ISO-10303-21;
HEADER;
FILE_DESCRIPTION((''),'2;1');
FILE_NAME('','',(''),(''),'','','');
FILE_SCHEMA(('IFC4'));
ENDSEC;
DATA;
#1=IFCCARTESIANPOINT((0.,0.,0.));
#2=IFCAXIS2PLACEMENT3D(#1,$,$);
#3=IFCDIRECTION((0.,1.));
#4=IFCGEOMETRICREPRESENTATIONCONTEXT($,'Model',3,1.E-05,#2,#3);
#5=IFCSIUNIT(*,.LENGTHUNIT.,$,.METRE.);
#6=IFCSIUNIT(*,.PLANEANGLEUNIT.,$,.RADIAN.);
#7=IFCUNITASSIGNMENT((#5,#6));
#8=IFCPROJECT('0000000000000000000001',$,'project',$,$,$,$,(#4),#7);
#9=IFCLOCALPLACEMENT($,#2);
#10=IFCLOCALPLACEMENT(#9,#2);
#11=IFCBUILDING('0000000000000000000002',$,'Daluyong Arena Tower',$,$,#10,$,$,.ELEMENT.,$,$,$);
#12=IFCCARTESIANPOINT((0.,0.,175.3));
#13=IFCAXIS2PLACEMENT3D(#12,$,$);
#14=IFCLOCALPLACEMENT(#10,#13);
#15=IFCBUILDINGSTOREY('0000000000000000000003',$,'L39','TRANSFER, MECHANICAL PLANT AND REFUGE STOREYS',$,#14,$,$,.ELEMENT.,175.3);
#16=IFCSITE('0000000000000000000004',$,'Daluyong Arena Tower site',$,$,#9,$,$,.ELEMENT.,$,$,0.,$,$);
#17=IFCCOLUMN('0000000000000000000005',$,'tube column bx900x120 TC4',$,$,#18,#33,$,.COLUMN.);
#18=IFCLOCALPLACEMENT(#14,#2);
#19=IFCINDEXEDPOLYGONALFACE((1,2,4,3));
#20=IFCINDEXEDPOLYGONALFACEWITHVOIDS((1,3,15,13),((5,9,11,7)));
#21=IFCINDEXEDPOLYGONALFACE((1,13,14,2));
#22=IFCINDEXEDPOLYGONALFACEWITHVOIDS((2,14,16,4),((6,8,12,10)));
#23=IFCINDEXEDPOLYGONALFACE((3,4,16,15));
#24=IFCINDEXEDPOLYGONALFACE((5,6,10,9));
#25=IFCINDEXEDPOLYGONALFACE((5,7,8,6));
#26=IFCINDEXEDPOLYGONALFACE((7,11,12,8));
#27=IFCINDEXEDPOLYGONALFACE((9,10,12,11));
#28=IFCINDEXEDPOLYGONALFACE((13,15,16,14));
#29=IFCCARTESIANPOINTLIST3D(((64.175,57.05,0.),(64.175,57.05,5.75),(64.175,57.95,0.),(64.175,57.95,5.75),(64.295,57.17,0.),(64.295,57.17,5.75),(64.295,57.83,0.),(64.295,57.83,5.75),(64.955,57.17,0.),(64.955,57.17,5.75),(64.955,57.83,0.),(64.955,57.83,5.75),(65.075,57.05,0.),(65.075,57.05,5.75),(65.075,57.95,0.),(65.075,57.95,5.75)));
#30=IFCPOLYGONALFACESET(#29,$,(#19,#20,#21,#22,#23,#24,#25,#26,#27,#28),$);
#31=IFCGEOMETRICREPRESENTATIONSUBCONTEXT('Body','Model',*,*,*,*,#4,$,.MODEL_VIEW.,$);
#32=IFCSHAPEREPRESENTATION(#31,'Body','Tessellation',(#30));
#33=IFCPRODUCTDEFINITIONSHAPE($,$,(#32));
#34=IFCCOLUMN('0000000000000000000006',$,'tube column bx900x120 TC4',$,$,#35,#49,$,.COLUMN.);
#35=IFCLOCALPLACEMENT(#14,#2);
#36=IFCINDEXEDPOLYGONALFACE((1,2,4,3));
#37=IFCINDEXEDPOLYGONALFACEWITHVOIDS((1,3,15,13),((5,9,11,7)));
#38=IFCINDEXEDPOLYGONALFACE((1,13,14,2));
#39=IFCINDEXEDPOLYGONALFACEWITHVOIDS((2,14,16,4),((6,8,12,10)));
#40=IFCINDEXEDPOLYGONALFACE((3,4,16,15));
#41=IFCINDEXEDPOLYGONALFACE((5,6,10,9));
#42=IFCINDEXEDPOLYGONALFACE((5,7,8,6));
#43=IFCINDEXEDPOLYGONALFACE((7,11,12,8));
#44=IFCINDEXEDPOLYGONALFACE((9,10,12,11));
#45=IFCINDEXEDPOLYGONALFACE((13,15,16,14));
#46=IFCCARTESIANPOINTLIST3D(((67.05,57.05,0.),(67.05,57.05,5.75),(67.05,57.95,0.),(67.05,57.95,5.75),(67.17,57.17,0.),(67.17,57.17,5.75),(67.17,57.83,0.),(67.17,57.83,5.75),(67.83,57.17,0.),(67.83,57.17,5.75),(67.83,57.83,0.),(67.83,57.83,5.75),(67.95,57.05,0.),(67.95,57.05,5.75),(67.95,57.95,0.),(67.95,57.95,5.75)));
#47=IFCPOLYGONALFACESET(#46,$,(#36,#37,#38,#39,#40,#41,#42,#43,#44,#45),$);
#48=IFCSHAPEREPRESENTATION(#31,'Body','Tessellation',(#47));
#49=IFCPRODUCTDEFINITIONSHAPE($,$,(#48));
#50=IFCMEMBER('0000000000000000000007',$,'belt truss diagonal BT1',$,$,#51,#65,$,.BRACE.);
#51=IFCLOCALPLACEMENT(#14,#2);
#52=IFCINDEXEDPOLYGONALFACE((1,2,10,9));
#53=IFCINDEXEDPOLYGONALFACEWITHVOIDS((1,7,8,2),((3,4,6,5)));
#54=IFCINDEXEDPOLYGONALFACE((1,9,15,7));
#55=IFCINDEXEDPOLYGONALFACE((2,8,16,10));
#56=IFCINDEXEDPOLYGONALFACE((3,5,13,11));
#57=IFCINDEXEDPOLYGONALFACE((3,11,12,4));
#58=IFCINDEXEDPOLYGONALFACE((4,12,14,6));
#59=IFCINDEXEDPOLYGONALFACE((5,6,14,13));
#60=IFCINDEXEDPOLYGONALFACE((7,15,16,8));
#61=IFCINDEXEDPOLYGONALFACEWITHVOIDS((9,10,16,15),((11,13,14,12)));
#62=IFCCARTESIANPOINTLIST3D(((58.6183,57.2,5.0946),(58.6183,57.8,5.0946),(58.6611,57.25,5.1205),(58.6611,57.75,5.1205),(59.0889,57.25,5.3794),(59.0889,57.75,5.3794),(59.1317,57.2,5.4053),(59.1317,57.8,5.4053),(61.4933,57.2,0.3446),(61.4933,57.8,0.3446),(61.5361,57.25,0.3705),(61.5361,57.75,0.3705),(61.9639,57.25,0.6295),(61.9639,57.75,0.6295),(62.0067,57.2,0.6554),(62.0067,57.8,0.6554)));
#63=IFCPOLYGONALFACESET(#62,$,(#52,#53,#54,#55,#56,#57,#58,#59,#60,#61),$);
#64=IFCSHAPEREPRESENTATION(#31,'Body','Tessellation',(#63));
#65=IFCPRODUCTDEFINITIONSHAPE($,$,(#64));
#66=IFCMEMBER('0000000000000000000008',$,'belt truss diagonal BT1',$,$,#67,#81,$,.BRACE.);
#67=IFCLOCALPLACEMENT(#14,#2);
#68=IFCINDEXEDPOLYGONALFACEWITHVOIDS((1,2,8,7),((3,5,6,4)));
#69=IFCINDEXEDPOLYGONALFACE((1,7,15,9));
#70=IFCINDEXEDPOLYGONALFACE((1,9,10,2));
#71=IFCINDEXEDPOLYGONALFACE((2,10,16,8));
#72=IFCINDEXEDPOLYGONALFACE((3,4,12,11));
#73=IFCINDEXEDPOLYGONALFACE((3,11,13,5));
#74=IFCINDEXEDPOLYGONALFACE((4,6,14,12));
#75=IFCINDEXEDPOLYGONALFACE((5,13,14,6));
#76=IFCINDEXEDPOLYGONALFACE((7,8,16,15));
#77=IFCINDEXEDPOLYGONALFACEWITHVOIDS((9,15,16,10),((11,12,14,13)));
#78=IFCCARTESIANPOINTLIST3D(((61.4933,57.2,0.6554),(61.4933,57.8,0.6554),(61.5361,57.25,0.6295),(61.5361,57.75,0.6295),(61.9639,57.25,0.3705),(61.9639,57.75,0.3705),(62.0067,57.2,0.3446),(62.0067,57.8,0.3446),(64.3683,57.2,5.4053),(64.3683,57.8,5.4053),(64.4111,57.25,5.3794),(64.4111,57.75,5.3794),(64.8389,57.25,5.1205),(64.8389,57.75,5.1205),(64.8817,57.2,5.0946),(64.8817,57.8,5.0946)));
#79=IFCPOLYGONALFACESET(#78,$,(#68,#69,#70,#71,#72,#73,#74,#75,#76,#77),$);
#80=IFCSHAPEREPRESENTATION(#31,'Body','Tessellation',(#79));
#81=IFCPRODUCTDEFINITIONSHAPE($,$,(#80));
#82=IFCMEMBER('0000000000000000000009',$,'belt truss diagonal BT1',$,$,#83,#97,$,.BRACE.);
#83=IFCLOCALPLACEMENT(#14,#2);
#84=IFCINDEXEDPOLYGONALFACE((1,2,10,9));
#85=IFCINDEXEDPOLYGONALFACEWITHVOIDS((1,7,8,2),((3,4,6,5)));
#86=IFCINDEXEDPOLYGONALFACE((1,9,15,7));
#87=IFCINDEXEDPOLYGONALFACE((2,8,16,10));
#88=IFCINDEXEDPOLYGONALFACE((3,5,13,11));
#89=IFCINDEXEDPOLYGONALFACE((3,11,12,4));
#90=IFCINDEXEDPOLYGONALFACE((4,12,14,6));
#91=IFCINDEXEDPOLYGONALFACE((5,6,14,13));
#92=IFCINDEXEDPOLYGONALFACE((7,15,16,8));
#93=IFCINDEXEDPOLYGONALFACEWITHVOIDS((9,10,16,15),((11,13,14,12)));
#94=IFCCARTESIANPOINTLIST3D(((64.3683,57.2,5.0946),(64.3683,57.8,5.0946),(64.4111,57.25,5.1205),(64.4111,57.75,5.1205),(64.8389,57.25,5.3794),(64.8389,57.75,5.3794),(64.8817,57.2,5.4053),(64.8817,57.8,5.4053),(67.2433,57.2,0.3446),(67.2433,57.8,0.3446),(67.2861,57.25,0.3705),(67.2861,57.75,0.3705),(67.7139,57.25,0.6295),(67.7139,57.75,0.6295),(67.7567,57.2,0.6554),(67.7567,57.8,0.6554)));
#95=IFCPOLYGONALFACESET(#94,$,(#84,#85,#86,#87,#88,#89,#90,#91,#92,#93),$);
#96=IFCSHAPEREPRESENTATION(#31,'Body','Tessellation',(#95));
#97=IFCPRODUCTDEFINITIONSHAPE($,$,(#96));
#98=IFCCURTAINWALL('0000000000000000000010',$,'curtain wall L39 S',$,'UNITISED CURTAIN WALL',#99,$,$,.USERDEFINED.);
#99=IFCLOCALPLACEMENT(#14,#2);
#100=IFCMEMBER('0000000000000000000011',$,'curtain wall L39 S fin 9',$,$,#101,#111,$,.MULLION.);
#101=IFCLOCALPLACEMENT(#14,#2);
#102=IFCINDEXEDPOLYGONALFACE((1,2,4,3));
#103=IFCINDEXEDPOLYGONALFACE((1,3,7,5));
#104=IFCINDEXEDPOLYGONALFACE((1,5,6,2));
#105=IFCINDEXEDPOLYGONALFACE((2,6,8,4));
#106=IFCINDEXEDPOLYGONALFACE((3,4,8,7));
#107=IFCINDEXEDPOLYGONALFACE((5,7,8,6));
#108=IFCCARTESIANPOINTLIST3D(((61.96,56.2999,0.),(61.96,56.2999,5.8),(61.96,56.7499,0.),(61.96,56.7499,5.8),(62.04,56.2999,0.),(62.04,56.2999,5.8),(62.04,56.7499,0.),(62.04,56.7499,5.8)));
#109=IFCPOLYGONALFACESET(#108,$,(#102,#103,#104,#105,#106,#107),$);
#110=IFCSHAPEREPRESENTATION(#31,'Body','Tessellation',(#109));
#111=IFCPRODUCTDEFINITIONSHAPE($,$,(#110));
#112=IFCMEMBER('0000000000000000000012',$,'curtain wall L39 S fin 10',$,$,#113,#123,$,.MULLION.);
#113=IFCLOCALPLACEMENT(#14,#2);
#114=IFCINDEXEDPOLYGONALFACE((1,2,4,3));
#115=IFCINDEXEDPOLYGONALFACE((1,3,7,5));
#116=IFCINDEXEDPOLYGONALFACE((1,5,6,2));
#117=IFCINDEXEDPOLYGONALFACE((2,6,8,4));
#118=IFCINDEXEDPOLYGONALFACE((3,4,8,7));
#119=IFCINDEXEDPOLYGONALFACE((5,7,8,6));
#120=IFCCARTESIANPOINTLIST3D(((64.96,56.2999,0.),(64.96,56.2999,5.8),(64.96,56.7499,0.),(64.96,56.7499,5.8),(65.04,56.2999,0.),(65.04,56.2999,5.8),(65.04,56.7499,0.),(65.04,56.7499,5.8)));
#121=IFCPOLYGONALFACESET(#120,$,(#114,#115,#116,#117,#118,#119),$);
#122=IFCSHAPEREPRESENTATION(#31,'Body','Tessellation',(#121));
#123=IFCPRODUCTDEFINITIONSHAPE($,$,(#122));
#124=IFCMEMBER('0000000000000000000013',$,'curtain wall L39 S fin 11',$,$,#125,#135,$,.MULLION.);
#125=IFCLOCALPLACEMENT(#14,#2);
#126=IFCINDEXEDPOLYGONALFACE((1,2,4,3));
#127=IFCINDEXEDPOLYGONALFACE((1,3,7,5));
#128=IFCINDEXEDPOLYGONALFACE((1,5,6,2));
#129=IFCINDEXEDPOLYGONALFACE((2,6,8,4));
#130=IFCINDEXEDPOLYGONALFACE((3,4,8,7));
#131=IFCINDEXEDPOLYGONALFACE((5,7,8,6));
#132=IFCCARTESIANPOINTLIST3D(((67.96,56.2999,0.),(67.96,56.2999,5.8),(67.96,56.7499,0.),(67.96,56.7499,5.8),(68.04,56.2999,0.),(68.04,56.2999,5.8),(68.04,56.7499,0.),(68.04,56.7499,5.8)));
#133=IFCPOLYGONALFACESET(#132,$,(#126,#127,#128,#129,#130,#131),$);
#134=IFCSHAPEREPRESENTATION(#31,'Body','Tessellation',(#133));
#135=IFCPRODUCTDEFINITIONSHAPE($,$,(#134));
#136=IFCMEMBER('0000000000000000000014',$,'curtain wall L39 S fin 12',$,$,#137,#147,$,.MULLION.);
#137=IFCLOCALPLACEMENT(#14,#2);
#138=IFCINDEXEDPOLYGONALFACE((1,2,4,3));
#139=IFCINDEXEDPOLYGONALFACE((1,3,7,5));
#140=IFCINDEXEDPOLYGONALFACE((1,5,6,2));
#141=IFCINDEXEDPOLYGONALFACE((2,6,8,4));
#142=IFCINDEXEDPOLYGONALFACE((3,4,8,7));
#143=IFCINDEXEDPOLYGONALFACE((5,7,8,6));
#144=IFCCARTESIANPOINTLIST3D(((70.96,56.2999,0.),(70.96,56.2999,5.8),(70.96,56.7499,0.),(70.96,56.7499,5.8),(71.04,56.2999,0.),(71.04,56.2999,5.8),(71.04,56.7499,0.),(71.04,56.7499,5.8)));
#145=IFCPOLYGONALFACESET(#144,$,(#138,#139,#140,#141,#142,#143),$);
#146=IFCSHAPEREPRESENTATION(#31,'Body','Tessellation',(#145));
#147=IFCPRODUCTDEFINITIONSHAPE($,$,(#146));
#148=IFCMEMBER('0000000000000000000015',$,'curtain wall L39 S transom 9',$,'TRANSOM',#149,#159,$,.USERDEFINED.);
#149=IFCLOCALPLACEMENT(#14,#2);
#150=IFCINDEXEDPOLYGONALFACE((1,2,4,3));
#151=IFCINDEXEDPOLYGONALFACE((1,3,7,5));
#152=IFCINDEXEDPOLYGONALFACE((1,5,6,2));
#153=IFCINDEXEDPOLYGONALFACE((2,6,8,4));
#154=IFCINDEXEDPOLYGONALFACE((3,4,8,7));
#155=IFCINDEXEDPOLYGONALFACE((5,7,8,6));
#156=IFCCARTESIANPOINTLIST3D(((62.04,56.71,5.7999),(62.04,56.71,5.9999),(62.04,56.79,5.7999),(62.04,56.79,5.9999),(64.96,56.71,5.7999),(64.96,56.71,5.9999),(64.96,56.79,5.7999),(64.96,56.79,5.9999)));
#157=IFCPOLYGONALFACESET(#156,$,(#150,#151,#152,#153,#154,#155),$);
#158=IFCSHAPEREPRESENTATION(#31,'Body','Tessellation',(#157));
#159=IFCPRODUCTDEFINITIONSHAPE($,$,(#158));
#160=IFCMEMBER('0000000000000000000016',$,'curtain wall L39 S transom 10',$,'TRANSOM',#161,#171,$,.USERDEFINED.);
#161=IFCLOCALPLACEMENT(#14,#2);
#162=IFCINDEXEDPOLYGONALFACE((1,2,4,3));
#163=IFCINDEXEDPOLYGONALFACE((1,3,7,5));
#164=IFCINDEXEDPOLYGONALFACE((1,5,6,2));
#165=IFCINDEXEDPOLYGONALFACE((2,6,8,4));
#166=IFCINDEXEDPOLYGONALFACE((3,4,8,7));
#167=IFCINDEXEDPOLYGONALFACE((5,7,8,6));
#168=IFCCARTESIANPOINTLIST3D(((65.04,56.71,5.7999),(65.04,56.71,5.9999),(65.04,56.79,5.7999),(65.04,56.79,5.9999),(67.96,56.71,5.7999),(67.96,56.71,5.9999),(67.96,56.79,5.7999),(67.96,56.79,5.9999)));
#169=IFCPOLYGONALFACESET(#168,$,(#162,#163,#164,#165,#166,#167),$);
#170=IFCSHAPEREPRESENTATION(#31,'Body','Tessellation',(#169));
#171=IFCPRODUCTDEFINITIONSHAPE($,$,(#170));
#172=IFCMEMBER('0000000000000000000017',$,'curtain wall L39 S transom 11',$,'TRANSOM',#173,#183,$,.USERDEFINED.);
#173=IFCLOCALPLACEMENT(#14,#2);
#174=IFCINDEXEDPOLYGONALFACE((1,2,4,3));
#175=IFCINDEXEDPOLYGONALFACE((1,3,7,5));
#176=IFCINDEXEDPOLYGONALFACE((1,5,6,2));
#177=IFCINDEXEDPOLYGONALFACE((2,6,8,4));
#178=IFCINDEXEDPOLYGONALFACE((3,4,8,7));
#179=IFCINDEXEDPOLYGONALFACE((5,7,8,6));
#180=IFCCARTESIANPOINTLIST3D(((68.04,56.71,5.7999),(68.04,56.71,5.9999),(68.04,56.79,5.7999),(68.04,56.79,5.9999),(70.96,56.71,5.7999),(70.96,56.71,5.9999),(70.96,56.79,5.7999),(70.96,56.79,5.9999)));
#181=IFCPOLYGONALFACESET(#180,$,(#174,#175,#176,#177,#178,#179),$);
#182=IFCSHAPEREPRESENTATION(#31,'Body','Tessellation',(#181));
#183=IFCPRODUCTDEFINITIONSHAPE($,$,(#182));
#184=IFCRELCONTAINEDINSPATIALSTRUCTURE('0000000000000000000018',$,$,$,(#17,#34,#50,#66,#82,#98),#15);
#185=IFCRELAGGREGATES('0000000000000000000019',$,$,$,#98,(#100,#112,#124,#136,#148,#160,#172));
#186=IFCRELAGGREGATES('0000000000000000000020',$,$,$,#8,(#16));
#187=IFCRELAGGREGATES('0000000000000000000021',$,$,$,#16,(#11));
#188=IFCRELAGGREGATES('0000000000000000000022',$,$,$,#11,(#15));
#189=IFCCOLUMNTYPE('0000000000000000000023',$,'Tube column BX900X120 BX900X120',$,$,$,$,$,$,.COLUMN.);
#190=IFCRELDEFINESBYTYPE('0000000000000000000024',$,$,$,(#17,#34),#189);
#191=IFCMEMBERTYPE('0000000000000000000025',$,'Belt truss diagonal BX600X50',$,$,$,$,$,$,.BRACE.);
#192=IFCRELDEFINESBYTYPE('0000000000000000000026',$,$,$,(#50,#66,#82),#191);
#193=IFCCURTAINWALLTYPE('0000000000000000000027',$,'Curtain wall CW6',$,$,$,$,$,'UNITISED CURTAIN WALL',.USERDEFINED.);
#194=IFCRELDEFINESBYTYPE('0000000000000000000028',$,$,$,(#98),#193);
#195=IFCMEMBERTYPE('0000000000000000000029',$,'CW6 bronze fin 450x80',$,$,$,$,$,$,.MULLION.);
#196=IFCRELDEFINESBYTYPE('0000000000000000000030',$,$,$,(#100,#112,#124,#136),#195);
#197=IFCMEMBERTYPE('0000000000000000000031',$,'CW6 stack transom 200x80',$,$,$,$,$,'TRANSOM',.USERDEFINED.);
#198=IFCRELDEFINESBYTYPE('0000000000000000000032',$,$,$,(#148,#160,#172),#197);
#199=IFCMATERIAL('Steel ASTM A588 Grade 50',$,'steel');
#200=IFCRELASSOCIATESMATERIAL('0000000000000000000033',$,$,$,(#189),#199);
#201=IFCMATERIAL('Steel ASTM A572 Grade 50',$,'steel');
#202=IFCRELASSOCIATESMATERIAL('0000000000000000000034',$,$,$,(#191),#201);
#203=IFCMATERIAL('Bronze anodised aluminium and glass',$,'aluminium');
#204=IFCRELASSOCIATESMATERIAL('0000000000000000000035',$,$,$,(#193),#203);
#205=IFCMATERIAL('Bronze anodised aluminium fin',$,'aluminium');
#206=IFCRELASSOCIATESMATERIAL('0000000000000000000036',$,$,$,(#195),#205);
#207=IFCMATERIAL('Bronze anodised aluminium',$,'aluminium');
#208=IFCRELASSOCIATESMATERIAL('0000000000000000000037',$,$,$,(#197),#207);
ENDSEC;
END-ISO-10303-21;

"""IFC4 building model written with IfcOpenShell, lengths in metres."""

from ifc_helpers import new_model, si_unit, direction, frame, origin, origin_2d, place, context, subcontext, project, spatial, rectangle, hollow_rectangle, extrude, material, material_profile, profile_set, type_object, element, aggregate, save


model = new_model("IFC4")

# Units and contexts
model_context = context("Model", 3, precision=1e-05, world=origin(), true_north=direction((0.0, 1.0)))
body_context = subcontext(model_context, "Body", "Model", "MODEL_VIEW")
ifc_project = project(units=[si_unit("LENGTHUNIT", "METRE"), si_unit("PLANEANGLEUNIT", "RADIAN")], contexts=[model_context])

# Site, building, storey
site_placement = place(None, origin())
site = spatial("IfcSite", under=ifc_project, at=site_placement, Name="Daluyong Arena Tower site", CompositionType="ELEMENT", RefElevation=0.0)
building_placement = place(site_placement, origin())
building = spatial("IfcBuilding", under=site, at=building_placement, Name="Daluyong Arena Tower", CompositionType="ELEMENT")
storey_placement = place(building_placement, frame((0.0, 0.0, 175.3)))
storey = spatial("IfcBuildingStorey", under=building, at=storey_placement, Name="L39", Description="TRANSFER, MECHANICAL PLANT AND REFUGE STOREYS", CompositionType="ELEMENT", Elevation=175.3)

# Columns
ifc_material_1 = material(Name="Steel ASTM A588 Grade 50", Category="steel")
ifc_material_profile_1 = material_profile(ifc_material_1, hollow_rectangle(XDim=0.8999, YDim=0.8999, WallThickness=0.12, at=origin_2d()))
ifc_profile_set_1 = profile_set([ifc_material_profile_1], Name="Steel ASTM A588 Grade 50")
column_type = type_object("IfcColumnType", Name="Tube column BX900X120 BX900X120", PredefinedType="COLUMN", material=ifc_profile_set_1)
for number, where, z_axis, x_axis, name in (
    (1, (64.625, 57.5, 0.0), (0.0, 0.0, 1.0), (1.0, 0.0, 0.0), "tube column bx900x120 TC4"),
    (2, (67.5, 57.5, 0.0), (0.0, 0.0, 1.0), (1.0, 0.0, 0.0), "tube column bx900x120 TC4"),
):
    element("IfcColumn", number, at=place(storey_placement, frame(where, z_axis=z_axis, x_axis=x_axis)), inside=storey, type_object=column_type, Name=name, PredefinedType="COLUMN", context=body_context, shape_type="SweptSolid", body=[
        extrude(hollow_rectangle(XDim=0.8999, YDim=0.8999, WallThickness=0.12, at=origin_2d()), origin(), (0.0, 0.0, 1.0), 5.75),
    ])

# Members
ifc_material_2 = material(Name="Steel ASTM A572 Grade 50", Category="steel")
ifc_material_profile_2 = material_profile(ifc_material_2, hollow_rectangle(XDim=0.6001, YDim=0.6001, WallThickness=0.05, at=origin_2d()))
ifc_profile_set_2 = profile_set([ifc_material_profile_2], Name="Steel ASTM A572 Grade 50")
member_type_1 = type_object("IfcMemberType", Name="Belt truss diagonal BX600X50", PredefinedType="BRACE", material=ifc_profile_set_2)
for number, where, z_axis, x_axis, name in (
    (3, (61.75, 57.5, 0.5), (-0.517803, 0.0, 0.8555), (0.0, -1.0, 0.0), "belt truss diagonal BT1"),
    (4, (61.75, 57.5, 0.5), (0.517803, 0.0, 0.8555), (0.0, 1.0, 0.0), "belt truss diagonal BT1"),
    (5, (67.5, 57.5, 0.5), (-0.517803, 0.0, 0.8555), (0.0, -1.0, 0.0), "belt truss diagonal BT1"),
):
    element("IfcMember", number, at=place(storey_placement, frame(where, z_axis=z_axis, x_axis=x_axis)), inside=storey, type_object=member_type_1, Name=name, PredefinedType="BRACE", context=body_context, shape_type="SweptSolid", body=[
        extrude(hollow_rectangle(XDim=0.6001, YDim=0.6001, WallThickness=0.05, at=origin_2d()), origin(), (0.0, 0.0, 1.0), 5.5522),
    ])

# Curtain wall, members
ifc_material_3 = material(Name="Bronze anodised aluminium and glass", Category="aluminium")
curtain_wall_type = type_object("IfcCurtainWallType", Name="Curtain wall CW6", ElementType="UNITISED CURTAIN WALL", PredefinedType="USERDEFINED", material=ifc_material_3)
curtain_wall_placement = place(storey_placement, origin())
curtain_wall = element("IfcCurtainWall", 6, at=curtain_wall_placement, inside=storey, type_object=curtain_wall_type, Name="curtain wall L39 S", ObjectType="UNITISED CURTAIN WALL", PredefinedType="USERDEFINED")
ifc_material_4 = material(Name="Bronze anodised aluminium fin", Category="aluminium")
ifc_material_profile_3 = material_profile(ifc_material_4, rectangle(XDim=0.45, YDim=0.0801, at=origin_2d()))
ifc_profile_set_3 = profile_set([ifc_material_profile_3], Name="Bronze anodised aluminium fin")
member_type_2 = type_object("IfcMemberType", Name="CW6 bronze fin 450x80", PredefinedType="MULLION", material=ifc_profile_set_3)
member_1_placement = place(storey_placement, frame((62.0, 56.5249, 0.0), z_axis=(0.0, 0.0, 1.0), x_axis=(0.0, 1.0, 0.0)))
member_1 = element("IfcMember", 7, at=member_1_placement, type_object=member_type_2, Name="curtain wall L39 S fin 9", PredefinedType="MULLION", context=body_context, shape_type="SweptSolid", body=[
    extrude(rectangle(XDim=0.45, YDim=0.0801, at=origin_2d()), origin(), (0.0, 0.0, 1.0), 5.8),
])
member_2_placement = place(storey_placement, frame((65.0, 56.5249, 0.0), z_axis=(0.0, 0.0, 1.0), x_axis=(0.0, 1.0, 0.0)))
member_2 = element("IfcMember", 8, at=member_2_placement, type_object=member_type_2, Name="curtain wall L39 S fin 10", PredefinedType="MULLION", context=body_context, shape_type="SweptSolid", body=[
    extrude(rectangle(XDim=0.45, YDim=0.0801, at=origin_2d()), origin(), (0.0, 0.0, 1.0), 5.8),
])
member_3_placement = place(storey_placement, frame((68.0, 56.5249, 0.0), z_axis=(0.0, 0.0, 1.0), x_axis=(0.0, 1.0, 0.0)))
member_3 = element("IfcMember", 9, at=member_3_placement, type_object=member_type_2, Name="curtain wall L39 S fin 11", PredefinedType="MULLION", context=body_context, shape_type="SweptSolid", body=[
    extrude(rectangle(XDim=0.45, YDim=0.0801, at=origin_2d()), origin(), (0.0, 0.0, 1.0), 5.8),
])
member_4_placement = place(storey_placement, frame((71.0, 56.5249, 0.0), z_axis=(0.0, 0.0, 1.0), x_axis=(0.0, 1.0, 0.0)))
member_4 = element("IfcMember", 10, at=member_4_placement, type_object=member_type_2, Name="curtain wall L39 S fin 12", PredefinedType="MULLION", context=body_context, shape_type="SweptSolid", body=[
    extrude(rectangle(XDim=0.45, YDim=0.0801, at=origin_2d()), origin(), (0.0, 0.0, 1.0), 5.8),
])
ifc_material_5 = material(Name="Bronze anodised aluminium", Category="aluminium")
ifc_material_profile_4 = material_profile(ifc_material_5, rectangle(XDim=0.0801, YDim=0.2, at=origin_2d()))
ifc_profile_set_4 = profile_set([ifc_material_profile_4], Name="Bronze anodised aluminium")
member_type_3 = type_object("IfcMemberType", Name="CW6 stack transom 200x80", ElementType="TRANSOM", PredefinedType="USERDEFINED", material=ifc_profile_set_4)
member_5_placement = place(storey_placement, frame((62.04, 56.75, 5.8999), z_axis=(1.0, 0.0, 0.0), x_axis=(0.0, 1.0, 0.0)))
member_5 = element("IfcMember", 11, at=member_5_placement, type_object=member_type_3, Name="curtain wall L39 S transom 9", ObjectType="TRANSOM", PredefinedType="USERDEFINED", context=body_context, shape_type="SweptSolid", body=[
    extrude(rectangle(XDim=0.0801, YDim=0.2, at=origin_2d()), origin(), (0.0, 0.0, 1.0), 2.9199),
])
member_6_placement = place(storey_placement, frame((65.04, 56.75, 5.8999), z_axis=(1.0, 0.0, 0.0), x_axis=(0.0, 1.0, 0.0)))
member_6 = element("IfcMember", 12, at=member_6_placement, type_object=member_type_3, Name="curtain wall L39 S transom 10", ObjectType="TRANSOM", PredefinedType="USERDEFINED", context=body_context, shape_type="SweptSolid", body=[
    extrude(rectangle(XDim=0.0801, YDim=0.2, at=origin_2d()), origin(), (0.0, 0.0, 1.0), 2.9199),
])
member_7_placement = place(storey_placement, frame((68.04, 56.75, 5.8999), z_axis=(1.0, 0.0, 0.0), x_axis=(0.0, 1.0, 0.0)))
member_7 = element("IfcMember", 13, at=member_7_placement, type_object=member_type_3, Name="curtain wall L39 S transom 11", ObjectType="TRANSOM", PredefinedType="USERDEFINED", context=body_context, shape_type="SweptSolid", body=[
    extrude(rectangle(XDim=0.0801, YDim=0.2, at=origin_2d()), origin(), (0.0, 0.0, 1.0), 2.9199),
])

aggregate(curtain_wall, [member_1, member_2, member_3, member_4, member_5, member_6, member_7])

save(model, "model.ifc")
